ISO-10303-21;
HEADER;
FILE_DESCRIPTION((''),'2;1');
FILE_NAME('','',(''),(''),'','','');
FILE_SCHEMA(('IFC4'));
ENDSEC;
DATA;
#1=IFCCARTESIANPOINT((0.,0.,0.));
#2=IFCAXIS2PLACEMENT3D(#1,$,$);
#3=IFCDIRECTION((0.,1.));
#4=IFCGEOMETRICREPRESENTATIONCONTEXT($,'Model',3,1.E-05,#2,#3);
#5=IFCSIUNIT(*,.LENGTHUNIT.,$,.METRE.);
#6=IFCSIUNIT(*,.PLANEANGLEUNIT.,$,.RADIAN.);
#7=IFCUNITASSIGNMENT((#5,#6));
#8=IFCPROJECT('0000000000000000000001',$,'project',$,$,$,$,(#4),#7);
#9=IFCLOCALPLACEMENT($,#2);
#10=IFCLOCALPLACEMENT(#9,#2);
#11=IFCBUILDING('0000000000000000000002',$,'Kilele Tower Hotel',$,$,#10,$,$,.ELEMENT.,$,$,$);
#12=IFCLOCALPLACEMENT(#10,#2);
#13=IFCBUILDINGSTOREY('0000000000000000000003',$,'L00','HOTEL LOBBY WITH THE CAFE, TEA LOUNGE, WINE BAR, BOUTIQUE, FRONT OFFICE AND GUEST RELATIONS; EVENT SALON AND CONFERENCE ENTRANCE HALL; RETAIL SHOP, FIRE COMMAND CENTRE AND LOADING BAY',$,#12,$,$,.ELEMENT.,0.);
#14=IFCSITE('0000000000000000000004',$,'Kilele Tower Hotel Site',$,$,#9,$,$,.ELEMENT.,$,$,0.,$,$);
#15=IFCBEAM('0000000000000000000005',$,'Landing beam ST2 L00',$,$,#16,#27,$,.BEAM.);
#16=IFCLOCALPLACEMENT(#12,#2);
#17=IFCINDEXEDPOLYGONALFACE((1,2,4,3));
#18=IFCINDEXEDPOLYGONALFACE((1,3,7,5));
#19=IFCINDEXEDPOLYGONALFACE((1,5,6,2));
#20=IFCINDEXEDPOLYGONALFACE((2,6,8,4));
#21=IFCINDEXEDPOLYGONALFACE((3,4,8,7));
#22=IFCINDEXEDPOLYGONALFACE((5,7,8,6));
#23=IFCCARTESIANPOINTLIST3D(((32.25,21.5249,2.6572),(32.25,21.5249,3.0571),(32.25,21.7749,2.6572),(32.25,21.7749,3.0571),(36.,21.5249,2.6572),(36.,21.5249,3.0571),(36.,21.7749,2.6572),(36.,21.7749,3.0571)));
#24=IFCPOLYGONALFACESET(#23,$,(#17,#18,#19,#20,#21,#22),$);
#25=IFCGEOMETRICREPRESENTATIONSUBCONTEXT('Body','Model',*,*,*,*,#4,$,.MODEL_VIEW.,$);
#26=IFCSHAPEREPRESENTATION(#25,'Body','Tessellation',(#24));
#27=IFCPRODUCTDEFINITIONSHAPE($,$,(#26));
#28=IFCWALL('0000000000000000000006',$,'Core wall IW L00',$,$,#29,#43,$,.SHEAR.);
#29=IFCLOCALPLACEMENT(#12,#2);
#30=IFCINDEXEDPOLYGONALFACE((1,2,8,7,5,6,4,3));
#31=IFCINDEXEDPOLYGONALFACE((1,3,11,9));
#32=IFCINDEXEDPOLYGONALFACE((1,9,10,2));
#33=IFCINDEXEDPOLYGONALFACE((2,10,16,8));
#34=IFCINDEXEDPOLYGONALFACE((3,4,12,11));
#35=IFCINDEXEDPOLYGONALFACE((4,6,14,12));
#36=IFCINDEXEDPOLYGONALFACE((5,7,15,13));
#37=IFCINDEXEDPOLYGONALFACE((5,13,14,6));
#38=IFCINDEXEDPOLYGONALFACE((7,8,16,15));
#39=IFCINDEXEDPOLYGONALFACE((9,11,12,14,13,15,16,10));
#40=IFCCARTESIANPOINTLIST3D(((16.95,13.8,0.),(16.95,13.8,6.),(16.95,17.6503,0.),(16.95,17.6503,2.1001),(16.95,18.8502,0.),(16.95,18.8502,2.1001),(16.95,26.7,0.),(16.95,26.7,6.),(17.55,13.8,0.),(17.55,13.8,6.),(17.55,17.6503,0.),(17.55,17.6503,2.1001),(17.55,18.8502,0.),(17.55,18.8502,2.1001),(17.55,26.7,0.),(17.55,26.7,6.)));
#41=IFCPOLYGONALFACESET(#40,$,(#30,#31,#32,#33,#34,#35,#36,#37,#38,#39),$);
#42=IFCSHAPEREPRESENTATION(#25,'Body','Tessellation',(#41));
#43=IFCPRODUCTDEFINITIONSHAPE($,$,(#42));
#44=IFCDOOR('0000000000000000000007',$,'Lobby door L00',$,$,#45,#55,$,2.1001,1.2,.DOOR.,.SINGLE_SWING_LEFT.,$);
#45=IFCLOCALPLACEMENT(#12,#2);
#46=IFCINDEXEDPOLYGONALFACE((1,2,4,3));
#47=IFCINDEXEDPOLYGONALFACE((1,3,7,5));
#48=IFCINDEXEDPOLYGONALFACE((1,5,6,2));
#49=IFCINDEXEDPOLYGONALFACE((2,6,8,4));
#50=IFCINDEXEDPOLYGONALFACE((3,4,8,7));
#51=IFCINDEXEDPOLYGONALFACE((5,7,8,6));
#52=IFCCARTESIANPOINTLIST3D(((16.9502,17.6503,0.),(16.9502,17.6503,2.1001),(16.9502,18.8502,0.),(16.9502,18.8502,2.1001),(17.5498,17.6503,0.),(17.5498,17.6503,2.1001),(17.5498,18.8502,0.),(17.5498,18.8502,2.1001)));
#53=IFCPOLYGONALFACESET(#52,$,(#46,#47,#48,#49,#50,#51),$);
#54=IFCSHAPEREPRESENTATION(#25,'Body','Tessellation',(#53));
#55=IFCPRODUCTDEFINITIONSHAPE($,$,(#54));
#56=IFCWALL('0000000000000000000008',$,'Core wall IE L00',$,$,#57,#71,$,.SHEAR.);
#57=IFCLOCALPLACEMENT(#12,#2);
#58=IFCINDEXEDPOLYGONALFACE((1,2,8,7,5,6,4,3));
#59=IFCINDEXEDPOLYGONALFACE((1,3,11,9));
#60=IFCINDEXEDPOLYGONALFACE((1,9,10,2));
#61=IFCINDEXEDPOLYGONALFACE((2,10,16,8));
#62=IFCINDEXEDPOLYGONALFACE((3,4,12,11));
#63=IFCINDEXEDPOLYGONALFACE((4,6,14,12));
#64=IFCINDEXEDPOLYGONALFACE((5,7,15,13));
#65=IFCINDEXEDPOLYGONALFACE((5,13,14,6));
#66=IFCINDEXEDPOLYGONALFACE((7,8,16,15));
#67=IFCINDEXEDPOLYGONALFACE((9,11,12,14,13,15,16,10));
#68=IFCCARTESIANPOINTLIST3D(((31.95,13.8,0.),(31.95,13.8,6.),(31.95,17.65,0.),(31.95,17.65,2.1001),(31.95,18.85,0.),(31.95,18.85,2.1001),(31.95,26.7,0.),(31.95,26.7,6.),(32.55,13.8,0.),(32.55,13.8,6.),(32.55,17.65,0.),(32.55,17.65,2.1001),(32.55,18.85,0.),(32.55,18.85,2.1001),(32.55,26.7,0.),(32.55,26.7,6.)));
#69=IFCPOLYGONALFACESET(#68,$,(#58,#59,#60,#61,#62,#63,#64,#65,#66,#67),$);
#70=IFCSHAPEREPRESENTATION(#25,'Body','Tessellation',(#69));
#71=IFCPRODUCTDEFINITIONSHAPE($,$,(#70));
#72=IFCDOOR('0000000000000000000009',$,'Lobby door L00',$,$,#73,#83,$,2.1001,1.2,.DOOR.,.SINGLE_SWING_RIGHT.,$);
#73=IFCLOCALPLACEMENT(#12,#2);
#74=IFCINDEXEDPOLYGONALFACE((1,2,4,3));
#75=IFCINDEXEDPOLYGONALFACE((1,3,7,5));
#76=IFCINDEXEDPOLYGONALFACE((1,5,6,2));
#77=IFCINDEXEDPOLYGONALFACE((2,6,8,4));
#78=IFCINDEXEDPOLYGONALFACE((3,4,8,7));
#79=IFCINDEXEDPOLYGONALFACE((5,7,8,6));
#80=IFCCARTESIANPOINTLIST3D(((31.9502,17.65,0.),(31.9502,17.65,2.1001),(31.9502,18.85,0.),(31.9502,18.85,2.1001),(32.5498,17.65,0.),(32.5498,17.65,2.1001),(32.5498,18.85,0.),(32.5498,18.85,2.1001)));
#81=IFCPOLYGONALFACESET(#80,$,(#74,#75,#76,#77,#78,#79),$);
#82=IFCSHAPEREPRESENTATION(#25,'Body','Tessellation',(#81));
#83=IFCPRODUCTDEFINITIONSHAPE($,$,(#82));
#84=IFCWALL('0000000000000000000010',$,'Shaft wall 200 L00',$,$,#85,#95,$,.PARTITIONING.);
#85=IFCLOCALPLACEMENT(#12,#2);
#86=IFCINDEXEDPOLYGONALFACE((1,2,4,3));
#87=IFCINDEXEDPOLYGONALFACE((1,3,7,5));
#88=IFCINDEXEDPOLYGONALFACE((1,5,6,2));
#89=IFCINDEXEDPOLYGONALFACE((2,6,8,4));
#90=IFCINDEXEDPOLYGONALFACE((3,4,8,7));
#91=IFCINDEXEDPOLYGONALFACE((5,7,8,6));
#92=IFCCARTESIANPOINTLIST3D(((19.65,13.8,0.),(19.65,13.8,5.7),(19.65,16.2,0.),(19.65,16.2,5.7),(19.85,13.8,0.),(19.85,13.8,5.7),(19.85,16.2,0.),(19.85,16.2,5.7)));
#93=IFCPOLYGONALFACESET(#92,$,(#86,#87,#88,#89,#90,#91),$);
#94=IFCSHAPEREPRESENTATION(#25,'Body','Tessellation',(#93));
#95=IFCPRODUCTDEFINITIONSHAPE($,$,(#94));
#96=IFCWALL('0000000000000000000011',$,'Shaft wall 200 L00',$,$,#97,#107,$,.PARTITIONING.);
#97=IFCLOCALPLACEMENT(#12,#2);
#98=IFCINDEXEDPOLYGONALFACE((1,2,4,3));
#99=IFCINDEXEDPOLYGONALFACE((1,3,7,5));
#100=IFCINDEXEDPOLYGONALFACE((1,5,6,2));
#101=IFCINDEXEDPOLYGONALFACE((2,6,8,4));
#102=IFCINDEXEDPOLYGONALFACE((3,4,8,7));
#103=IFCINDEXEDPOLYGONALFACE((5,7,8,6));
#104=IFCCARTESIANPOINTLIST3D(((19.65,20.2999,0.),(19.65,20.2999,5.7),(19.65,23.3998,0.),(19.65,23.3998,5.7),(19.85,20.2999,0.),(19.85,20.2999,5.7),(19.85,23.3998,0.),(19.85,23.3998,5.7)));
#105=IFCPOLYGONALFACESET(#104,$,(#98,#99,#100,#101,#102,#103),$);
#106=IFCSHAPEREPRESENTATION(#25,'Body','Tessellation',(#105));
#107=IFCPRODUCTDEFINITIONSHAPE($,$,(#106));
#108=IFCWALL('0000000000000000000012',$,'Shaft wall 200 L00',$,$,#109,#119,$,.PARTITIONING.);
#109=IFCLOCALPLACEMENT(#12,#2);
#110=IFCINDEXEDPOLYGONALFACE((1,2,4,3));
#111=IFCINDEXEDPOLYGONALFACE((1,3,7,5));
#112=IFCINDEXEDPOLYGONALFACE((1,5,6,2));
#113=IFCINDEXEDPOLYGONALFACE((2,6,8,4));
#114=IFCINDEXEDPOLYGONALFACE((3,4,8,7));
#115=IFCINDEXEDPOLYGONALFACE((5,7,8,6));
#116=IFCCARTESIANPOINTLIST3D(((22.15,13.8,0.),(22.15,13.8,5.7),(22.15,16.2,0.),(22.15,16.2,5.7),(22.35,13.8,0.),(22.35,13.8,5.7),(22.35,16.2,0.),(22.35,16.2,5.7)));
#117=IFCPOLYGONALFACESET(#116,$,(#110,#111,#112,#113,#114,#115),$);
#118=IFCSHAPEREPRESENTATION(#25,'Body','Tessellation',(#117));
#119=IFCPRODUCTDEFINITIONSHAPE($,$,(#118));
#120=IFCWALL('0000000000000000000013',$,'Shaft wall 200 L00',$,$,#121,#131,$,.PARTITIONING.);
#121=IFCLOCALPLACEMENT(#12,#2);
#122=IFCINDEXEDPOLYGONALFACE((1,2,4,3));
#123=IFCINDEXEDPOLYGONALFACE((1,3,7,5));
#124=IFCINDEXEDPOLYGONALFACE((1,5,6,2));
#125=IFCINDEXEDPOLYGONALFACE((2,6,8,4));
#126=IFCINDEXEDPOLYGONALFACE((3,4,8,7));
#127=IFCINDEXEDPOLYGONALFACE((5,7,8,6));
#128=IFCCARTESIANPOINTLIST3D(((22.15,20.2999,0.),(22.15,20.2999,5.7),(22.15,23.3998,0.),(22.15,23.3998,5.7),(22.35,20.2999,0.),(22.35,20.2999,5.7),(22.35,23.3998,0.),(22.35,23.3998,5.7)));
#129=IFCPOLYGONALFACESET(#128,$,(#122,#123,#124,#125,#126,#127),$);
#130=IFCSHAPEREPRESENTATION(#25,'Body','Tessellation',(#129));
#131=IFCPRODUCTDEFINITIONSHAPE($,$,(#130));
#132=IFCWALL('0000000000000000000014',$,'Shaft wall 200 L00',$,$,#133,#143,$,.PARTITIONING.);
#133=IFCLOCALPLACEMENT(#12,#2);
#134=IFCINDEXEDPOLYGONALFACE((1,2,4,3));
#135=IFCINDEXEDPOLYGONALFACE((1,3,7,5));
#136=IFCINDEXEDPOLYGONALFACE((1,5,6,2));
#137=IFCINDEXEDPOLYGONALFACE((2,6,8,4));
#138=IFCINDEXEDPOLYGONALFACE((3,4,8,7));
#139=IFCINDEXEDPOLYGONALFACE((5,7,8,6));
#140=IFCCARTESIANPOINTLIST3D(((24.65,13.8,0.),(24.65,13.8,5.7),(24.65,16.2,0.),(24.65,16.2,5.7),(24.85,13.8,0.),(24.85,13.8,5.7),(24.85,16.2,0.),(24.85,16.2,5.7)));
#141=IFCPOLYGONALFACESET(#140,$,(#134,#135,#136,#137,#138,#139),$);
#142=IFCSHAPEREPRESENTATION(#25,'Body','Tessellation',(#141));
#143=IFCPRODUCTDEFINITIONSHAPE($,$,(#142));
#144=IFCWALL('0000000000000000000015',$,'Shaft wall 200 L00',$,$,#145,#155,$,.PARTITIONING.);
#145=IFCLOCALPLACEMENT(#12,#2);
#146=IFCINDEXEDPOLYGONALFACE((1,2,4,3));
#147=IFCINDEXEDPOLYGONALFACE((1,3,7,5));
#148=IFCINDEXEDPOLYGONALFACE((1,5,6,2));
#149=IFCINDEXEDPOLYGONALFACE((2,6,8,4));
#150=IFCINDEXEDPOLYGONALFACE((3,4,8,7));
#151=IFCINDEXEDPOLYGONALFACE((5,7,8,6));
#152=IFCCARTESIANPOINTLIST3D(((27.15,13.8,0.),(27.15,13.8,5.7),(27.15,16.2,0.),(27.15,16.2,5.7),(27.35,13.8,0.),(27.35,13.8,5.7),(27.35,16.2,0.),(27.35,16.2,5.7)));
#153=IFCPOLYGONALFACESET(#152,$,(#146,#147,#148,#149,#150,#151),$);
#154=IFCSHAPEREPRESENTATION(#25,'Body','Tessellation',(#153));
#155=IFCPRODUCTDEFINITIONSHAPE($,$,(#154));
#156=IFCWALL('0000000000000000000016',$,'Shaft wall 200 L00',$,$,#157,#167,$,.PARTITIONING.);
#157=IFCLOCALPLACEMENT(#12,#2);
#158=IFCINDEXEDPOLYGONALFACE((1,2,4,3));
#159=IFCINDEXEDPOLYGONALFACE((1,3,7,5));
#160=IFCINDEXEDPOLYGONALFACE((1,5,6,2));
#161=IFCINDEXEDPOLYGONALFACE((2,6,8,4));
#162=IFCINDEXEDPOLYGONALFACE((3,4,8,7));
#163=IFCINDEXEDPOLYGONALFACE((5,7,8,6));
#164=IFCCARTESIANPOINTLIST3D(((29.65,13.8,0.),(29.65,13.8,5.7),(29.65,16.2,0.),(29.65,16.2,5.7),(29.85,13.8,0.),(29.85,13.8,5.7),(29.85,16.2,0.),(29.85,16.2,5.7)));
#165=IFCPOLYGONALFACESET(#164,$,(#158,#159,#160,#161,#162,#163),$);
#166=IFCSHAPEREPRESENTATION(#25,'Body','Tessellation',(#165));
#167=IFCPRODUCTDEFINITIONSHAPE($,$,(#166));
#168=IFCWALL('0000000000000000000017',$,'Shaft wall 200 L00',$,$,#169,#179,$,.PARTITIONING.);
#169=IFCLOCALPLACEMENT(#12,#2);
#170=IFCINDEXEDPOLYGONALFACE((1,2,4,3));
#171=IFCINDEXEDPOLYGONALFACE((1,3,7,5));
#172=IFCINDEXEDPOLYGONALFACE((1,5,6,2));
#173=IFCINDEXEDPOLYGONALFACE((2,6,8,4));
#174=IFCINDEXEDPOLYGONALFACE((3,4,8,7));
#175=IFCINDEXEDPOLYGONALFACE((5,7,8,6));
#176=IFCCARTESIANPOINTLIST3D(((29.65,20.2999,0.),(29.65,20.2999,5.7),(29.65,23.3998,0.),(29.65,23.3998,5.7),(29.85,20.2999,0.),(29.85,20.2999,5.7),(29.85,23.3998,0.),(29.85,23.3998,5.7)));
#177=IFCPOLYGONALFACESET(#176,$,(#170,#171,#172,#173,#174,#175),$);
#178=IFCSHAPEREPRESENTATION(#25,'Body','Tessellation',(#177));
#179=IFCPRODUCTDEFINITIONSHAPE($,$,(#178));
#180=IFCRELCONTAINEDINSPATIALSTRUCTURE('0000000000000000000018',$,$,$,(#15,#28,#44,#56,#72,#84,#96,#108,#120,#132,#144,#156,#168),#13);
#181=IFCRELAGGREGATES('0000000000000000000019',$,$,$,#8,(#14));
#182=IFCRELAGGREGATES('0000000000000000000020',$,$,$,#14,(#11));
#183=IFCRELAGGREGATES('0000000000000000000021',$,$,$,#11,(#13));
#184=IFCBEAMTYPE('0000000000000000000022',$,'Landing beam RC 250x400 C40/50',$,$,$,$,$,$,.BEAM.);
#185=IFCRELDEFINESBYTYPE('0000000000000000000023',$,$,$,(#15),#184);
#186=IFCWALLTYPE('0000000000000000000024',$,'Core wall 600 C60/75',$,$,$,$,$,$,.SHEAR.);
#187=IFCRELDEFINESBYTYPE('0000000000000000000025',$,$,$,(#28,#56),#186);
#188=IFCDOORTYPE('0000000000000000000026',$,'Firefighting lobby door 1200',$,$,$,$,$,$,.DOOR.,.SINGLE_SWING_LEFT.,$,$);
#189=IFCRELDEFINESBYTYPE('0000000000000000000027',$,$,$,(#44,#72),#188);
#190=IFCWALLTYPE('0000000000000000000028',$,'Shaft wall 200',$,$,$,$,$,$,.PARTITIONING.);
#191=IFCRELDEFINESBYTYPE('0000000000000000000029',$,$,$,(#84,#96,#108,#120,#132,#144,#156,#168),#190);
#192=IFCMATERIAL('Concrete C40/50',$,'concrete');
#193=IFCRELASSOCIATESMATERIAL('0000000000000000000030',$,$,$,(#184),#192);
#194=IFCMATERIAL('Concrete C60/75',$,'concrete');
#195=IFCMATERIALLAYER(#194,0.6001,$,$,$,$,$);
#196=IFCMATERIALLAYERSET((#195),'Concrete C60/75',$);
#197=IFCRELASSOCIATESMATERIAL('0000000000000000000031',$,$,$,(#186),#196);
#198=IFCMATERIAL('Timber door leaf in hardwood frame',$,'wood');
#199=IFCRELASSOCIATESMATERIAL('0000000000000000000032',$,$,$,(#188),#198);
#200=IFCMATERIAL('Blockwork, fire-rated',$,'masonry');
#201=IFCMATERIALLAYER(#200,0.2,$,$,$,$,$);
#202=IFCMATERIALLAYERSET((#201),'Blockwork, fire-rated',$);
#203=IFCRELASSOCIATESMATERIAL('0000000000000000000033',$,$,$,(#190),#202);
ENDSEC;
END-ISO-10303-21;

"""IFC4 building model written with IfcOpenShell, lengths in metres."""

from ifc_helpers import new_model, si_unit, direction, frame, frame_2d, origin, origin_2d, place, context, subcontext, project, spatial, rectangle, extrude, material, layer, layer_set, material_profile, profile_set, type_object, element, fill, save


model = new_model("IFC4")

# Units and contexts
model_context = context("Model", 3, precision=1e-05, world=origin(), true_north=direction((0.0, 1.0)))
body_context = subcontext(model_context, "Body", "Model", "MODEL_VIEW")
ifc_project = project(units=[si_unit("LENGTHUNIT", "METRE"), si_unit("PLANEANGLEUNIT", "RADIAN")], contexts=[model_context])

# Site, building, storey
site_placement = place(None, origin())
site = spatial("IfcSite", under=ifc_project, at=site_placement, Name="Kilele Tower Hotel Site", CompositionType="ELEMENT", RefElevation=0.0)
building_placement = place(site_placement, origin())
building = spatial("IfcBuilding", under=site, at=building_placement, Name="Kilele Tower Hotel", CompositionType="ELEMENT")
storey_placement = place(building_placement, origin())
storey = spatial("IfcBuildingStorey", under=building, at=storey_placement, Name="L00", Description="HOTEL LOBBY WITH THE CAFE, TEA LOUNGE, WINE BAR, BOUTIQUE, FRONT OFFICE AND GUEST RELATIONS; EVENT SALON AND CONFERENCE ENTRANCE HALL; RETAIL SHOP, FIRE COMMAND CENTRE AND LOADING BAY", CompositionType="ELEMENT", Elevation=0.0)

# Beam
ifc_material_1 = material(Name="Concrete C40/50", Category="concrete")
ifc_material_profile = material_profile(ifc_material_1, rectangle(XDim=0.25, YDim=0.3999, at=origin_2d()))
ifc_profile_set = profile_set([ifc_material_profile], Name="Concrete C40/50")
beam_type = type_object("IfcBeamType", Name="Landing beam RC 250x400 C40/50", PredefinedType="BEAM", material=ifc_profile_set)
beam_placement = place(storey_placement, frame((32.25, 21.6499, 2.8572), z_axis=(1.0, 0.0, 0.0), x_axis=(0.0, 1.0, 0.0)))
element("IfcBeam", 1, at=beam_placement, inside=storey, type_object=beam_type, Name="Landing beam ST2 L00", PredefinedType="BEAM", context=body_context, shape_type="SweptSolid", body=[
    extrude(rectangle(XDim=0.25, YDim=0.3999, at=origin_2d()), origin(), (0.0, 0.0, 1.0), 3.75),
])

# Walls, openings, doors
ifc_material_2 = material(Name="Concrete C60/75", Category="concrete")
ifc_layer_1 = layer(ifc_material_2, 0.6001)
ifc_layer_set_1 = layer_set([ifc_layer_1], Name="Concrete C60/75")
wall_type_1 = type_object("IfcWallType", Name="Core wall 600 C60/75", PredefinedType="SHEAR", material=ifc_layer_set_1)
wall_1_placement = place(storey_placement, frame((17.25, 13.8, 0.0), z_axis=(0.0, 0.0, 1.0), x_axis=(0.0, 1.0, 0.0)))
wall_1 = element("IfcWall", 2, at=wall_1_placement, inside=storey, type_object=wall_type_1, Name="Core wall IW L00", PredefinedType="SHEAR", context=body_context, shape_type="SweptSolid", body=[
    extrude(rectangle(XDim=12.8999, YDim=0.6001, at=frame_2d((6.45, 0.0))), origin(), (0.0, 0.0, 1.0), 6.0),
])
opening_1_placement = place(wall_1_placement, frame((3.8501, 0.0, 0.0)))
opening_1 = element("IfcOpeningElement", 3, at=opening_1_placement, cuts=wall_1, PredefinedType="OPENING", context=body_context, shape_type="SweptSolid", body=[
    extrude(rectangle(XDim=1.2, YDim=2.1001, at=frame_2d((0.6001, 1.05))), frame((0.0, 0.3101, 0.0), z_axis=(0.0, -1.0, 0.0), x_axis=(1.0, 0.0, 0.0)), (0.0, 0.0, 1.0), 0.6201),
])
ifc_material_3 = material(Name="Timber door leaf in hardwood frame", Category="wood")
door_type = type_object("IfcDoorType", Name="Firefighting lobby door 1200", OperationType="SINGLE_SWING_LEFT", PredefinedType="DOOR", material=ifc_material_3)
door_1_placement = place(opening_1_placement, origin())
door_1 = element("IfcDoor", 4, at=door_1_placement, inside=storey, type_object=door_type, Name="Lobby door L00", OperationType="SINGLE_SWING_LEFT", OverallHeight=2.1001, OverallWidth=1.2, PredefinedType="DOOR", context=body_context, shape_type="SweptSolid", body=[
    extrude(rectangle(XDim=1.2, YDim=2.1001, at=frame_2d((0.6001, 1.05))), frame((0.0, 0.2998, 0.0), z_axis=(0.0, -1.0, 0.0), x_axis=(1.0, 0.0, 0.0)), (0.0, 0.0, 1.0), 0.5996),
])
fill(opening_1, door_1)
wall_2_placement = place(storey_placement, frame((32.25, 13.8, 0.0), z_axis=(0.0, 0.0, 1.0), x_axis=(0.0, 1.0, 0.0)))
wall_2 = element("IfcWall", 5, at=wall_2_placement, inside=storey, type_object=wall_type_1, Name="Core wall IE L00", PredefinedType="SHEAR", context=body_context, shape_type="SweptSolid", body=[
    extrude(rectangle(XDim=12.8999, YDim=0.6001, at=frame_2d((6.45, 0.0))), origin(), (0.0, 0.0, 1.0), 6.0),
])
opening_2_placement = place(wall_2_placement, frame((5.05, 0.0, 0.0), z_axis=(0.0, 0.0, 1.0), x_axis=(-1.0, 0.0, 0.0)))
opening_2 = element("IfcOpeningElement", 6, at=opening_2_placement, cuts=wall_2, PredefinedType="OPENING", context=body_context, shape_type="SweptSolid", body=[
    extrude(rectangle(XDim=1.2, YDim=2.1001, at=frame_2d((0.6001, 1.05))), frame((0.0, 0.3101, 0.0), z_axis=(0.0, -1.0, 0.0), x_axis=(1.0, 0.0, 0.0)), (0.0, 0.0, 1.0), 0.6201),
])
door_2_placement = place(opening_2_placement, origin())
door_2 = element("IfcDoor", 7, at=door_2_placement, inside=storey, type_object=door_type, Name="Lobby door L00", OperationType="SINGLE_SWING_RIGHT", OverallHeight=2.1001, OverallWidth=1.2, PredefinedType="DOOR", context=body_context, shape_type="SweptSolid", body=[
    extrude(rectangle(XDim=1.2, YDim=2.1001, at=frame_2d((0.6001, 1.05))), frame((0.0, 0.2998, 0.0), z_axis=(0.0, -1.0, 0.0), x_axis=(1.0, 0.0, 0.0)), (0.0, 0.0, 1.0), 0.5996),
])
fill(opening_2, door_2)

# Walls
ifc_material_4 = material(Name="Blockwork, fire-rated", Category="masonry")
ifc_layer_2 = layer(ifc_material_4, 0.2)
ifc_layer_set_2 = layer_set([ifc_layer_2], Name="Blockwork, fire-rated")
wall_type_2 = type_object("IfcWallType", Name="Shaft wall 200", PredefinedType="PARTITIONING", material=ifc_layer_set_2)
wall_3_placement = place(storey_placement, frame((19.75, 13.8, 0.0), z_axis=(0.0, 0.0, 1.0), x_axis=(0.0, 1.0, 0.0)))
element("IfcWall", 8, at=wall_3_placement, inside=storey, type_object=wall_type_2, Name="Shaft wall 200 L00", PredefinedType="PARTITIONING", context=body_context, shape_type="SweptSolid", body=[
    extrude(rectangle(XDim=2.3999, YDim=0.2, at=frame_2d((1.2, 0.0))), origin(), (0.0, 0.0, 1.0), 5.7),
])
wall_4_placement = place(storey_placement, frame((19.75, 20.3, 0.0), z_axis=(0.0, 0.0, 1.0), x_axis=(0.0, 1.0, 0.0)))
element("IfcWall", 9, at=wall_4_placement, inside=storey, type_object=wall_type_2, Name="Shaft wall 200 L00", PredefinedType="PARTITIONING", context=body_context, shape_type="SweptSolid", body=[
    extrude(rectangle(XDim=3.0999, YDim=0.2, at=frame_2d((1.5498, 0.0))), origin(), (0.0, 0.0, 1.0), 5.7),
])
wall_5_placement = place(storey_placement, frame((22.25, 13.8, 0.0), z_axis=(0.0, 0.0, 1.0), x_axis=(0.0, 1.0, 0.0)))
element("IfcWall", 10, at=wall_5_placement, inside=storey, type_object=wall_type_2, Name="Shaft wall 200 L00", PredefinedType="PARTITIONING", context=body_context, shape_type="SweptSolid", body=[
    extrude(rectangle(XDim=2.3999, YDim=0.2, at=frame_2d((1.2, 0.0))), origin(), (0.0, 0.0, 1.0), 5.7),
])
wall_6_placement = place(storey_placement, frame((22.25, 20.3, 0.0), z_axis=(0.0, 0.0, 1.0), x_axis=(0.0, 1.0, 0.0)))
element("IfcWall", 11, at=wall_6_placement, inside=storey, type_object=wall_type_2, Name="Shaft wall 200 L00", PredefinedType="PARTITIONING", context=body_context, shape_type="SweptSolid", body=[
    extrude(rectangle(XDim=3.0999, YDim=0.2, at=frame_2d((1.5498, 0.0))), origin(), (0.0, 0.0, 1.0), 5.7),
])
for number, where, z_axis, x_axis, name in (
    (12, (24.75, 13.8, 0.0), (0.0, 0.0, 1.0), (0.0, 1.0, 0.0), "Shaft wall 200 L00"),
    (13, (27.25, 13.8, 0.0), (0.0, 0.0, 1.0), (0.0, 1.0, 0.0), "Shaft wall 200 L00"),
    (14, (29.75, 13.8, 0.0), (0.0, 0.0, 1.0), (0.0, 1.0, 0.0), "Shaft wall 200 L00"),
):
    element("IfcWall", number, at=place(storey_placement, frame(where, z_axis=z_axis, x_axis=x_axis)), inside=storey, type_object=wall_type_2, Name=name, PredefinedType="PARTITIONING", context=body_context, shape_type="SweptSolid", body=[
        extrude(rectangle(XDim=2.3999, YDim=0.2, at=frame_2d((1.2, 0.0))), origin(), (0.0, 0.0, 1.0), 5.7),
    ])
wall_7_placement = place(storey_placement, frame((29.75, 20.3, 0.0), z_axis=(0.0, 0.0, 1.0), x_axis=(0.0, 1.0, 0.0)))
element("IfcWall", 15, at=wall_7_placement, inside=storey, type_object=wall_type_2, Name="Shaft wall 200 L00", PredefinedType="PARTITIONING", context=body_context, shape_type="SweptSolid", body=[
    extrude(rectangle(XDim=3.0999, YDim=0.2, at=frame_2d((1.5498, 0.0))), origin(), (0.0, 0.0, 1.0), 5.7),
])

save(model, "model.ifc")
